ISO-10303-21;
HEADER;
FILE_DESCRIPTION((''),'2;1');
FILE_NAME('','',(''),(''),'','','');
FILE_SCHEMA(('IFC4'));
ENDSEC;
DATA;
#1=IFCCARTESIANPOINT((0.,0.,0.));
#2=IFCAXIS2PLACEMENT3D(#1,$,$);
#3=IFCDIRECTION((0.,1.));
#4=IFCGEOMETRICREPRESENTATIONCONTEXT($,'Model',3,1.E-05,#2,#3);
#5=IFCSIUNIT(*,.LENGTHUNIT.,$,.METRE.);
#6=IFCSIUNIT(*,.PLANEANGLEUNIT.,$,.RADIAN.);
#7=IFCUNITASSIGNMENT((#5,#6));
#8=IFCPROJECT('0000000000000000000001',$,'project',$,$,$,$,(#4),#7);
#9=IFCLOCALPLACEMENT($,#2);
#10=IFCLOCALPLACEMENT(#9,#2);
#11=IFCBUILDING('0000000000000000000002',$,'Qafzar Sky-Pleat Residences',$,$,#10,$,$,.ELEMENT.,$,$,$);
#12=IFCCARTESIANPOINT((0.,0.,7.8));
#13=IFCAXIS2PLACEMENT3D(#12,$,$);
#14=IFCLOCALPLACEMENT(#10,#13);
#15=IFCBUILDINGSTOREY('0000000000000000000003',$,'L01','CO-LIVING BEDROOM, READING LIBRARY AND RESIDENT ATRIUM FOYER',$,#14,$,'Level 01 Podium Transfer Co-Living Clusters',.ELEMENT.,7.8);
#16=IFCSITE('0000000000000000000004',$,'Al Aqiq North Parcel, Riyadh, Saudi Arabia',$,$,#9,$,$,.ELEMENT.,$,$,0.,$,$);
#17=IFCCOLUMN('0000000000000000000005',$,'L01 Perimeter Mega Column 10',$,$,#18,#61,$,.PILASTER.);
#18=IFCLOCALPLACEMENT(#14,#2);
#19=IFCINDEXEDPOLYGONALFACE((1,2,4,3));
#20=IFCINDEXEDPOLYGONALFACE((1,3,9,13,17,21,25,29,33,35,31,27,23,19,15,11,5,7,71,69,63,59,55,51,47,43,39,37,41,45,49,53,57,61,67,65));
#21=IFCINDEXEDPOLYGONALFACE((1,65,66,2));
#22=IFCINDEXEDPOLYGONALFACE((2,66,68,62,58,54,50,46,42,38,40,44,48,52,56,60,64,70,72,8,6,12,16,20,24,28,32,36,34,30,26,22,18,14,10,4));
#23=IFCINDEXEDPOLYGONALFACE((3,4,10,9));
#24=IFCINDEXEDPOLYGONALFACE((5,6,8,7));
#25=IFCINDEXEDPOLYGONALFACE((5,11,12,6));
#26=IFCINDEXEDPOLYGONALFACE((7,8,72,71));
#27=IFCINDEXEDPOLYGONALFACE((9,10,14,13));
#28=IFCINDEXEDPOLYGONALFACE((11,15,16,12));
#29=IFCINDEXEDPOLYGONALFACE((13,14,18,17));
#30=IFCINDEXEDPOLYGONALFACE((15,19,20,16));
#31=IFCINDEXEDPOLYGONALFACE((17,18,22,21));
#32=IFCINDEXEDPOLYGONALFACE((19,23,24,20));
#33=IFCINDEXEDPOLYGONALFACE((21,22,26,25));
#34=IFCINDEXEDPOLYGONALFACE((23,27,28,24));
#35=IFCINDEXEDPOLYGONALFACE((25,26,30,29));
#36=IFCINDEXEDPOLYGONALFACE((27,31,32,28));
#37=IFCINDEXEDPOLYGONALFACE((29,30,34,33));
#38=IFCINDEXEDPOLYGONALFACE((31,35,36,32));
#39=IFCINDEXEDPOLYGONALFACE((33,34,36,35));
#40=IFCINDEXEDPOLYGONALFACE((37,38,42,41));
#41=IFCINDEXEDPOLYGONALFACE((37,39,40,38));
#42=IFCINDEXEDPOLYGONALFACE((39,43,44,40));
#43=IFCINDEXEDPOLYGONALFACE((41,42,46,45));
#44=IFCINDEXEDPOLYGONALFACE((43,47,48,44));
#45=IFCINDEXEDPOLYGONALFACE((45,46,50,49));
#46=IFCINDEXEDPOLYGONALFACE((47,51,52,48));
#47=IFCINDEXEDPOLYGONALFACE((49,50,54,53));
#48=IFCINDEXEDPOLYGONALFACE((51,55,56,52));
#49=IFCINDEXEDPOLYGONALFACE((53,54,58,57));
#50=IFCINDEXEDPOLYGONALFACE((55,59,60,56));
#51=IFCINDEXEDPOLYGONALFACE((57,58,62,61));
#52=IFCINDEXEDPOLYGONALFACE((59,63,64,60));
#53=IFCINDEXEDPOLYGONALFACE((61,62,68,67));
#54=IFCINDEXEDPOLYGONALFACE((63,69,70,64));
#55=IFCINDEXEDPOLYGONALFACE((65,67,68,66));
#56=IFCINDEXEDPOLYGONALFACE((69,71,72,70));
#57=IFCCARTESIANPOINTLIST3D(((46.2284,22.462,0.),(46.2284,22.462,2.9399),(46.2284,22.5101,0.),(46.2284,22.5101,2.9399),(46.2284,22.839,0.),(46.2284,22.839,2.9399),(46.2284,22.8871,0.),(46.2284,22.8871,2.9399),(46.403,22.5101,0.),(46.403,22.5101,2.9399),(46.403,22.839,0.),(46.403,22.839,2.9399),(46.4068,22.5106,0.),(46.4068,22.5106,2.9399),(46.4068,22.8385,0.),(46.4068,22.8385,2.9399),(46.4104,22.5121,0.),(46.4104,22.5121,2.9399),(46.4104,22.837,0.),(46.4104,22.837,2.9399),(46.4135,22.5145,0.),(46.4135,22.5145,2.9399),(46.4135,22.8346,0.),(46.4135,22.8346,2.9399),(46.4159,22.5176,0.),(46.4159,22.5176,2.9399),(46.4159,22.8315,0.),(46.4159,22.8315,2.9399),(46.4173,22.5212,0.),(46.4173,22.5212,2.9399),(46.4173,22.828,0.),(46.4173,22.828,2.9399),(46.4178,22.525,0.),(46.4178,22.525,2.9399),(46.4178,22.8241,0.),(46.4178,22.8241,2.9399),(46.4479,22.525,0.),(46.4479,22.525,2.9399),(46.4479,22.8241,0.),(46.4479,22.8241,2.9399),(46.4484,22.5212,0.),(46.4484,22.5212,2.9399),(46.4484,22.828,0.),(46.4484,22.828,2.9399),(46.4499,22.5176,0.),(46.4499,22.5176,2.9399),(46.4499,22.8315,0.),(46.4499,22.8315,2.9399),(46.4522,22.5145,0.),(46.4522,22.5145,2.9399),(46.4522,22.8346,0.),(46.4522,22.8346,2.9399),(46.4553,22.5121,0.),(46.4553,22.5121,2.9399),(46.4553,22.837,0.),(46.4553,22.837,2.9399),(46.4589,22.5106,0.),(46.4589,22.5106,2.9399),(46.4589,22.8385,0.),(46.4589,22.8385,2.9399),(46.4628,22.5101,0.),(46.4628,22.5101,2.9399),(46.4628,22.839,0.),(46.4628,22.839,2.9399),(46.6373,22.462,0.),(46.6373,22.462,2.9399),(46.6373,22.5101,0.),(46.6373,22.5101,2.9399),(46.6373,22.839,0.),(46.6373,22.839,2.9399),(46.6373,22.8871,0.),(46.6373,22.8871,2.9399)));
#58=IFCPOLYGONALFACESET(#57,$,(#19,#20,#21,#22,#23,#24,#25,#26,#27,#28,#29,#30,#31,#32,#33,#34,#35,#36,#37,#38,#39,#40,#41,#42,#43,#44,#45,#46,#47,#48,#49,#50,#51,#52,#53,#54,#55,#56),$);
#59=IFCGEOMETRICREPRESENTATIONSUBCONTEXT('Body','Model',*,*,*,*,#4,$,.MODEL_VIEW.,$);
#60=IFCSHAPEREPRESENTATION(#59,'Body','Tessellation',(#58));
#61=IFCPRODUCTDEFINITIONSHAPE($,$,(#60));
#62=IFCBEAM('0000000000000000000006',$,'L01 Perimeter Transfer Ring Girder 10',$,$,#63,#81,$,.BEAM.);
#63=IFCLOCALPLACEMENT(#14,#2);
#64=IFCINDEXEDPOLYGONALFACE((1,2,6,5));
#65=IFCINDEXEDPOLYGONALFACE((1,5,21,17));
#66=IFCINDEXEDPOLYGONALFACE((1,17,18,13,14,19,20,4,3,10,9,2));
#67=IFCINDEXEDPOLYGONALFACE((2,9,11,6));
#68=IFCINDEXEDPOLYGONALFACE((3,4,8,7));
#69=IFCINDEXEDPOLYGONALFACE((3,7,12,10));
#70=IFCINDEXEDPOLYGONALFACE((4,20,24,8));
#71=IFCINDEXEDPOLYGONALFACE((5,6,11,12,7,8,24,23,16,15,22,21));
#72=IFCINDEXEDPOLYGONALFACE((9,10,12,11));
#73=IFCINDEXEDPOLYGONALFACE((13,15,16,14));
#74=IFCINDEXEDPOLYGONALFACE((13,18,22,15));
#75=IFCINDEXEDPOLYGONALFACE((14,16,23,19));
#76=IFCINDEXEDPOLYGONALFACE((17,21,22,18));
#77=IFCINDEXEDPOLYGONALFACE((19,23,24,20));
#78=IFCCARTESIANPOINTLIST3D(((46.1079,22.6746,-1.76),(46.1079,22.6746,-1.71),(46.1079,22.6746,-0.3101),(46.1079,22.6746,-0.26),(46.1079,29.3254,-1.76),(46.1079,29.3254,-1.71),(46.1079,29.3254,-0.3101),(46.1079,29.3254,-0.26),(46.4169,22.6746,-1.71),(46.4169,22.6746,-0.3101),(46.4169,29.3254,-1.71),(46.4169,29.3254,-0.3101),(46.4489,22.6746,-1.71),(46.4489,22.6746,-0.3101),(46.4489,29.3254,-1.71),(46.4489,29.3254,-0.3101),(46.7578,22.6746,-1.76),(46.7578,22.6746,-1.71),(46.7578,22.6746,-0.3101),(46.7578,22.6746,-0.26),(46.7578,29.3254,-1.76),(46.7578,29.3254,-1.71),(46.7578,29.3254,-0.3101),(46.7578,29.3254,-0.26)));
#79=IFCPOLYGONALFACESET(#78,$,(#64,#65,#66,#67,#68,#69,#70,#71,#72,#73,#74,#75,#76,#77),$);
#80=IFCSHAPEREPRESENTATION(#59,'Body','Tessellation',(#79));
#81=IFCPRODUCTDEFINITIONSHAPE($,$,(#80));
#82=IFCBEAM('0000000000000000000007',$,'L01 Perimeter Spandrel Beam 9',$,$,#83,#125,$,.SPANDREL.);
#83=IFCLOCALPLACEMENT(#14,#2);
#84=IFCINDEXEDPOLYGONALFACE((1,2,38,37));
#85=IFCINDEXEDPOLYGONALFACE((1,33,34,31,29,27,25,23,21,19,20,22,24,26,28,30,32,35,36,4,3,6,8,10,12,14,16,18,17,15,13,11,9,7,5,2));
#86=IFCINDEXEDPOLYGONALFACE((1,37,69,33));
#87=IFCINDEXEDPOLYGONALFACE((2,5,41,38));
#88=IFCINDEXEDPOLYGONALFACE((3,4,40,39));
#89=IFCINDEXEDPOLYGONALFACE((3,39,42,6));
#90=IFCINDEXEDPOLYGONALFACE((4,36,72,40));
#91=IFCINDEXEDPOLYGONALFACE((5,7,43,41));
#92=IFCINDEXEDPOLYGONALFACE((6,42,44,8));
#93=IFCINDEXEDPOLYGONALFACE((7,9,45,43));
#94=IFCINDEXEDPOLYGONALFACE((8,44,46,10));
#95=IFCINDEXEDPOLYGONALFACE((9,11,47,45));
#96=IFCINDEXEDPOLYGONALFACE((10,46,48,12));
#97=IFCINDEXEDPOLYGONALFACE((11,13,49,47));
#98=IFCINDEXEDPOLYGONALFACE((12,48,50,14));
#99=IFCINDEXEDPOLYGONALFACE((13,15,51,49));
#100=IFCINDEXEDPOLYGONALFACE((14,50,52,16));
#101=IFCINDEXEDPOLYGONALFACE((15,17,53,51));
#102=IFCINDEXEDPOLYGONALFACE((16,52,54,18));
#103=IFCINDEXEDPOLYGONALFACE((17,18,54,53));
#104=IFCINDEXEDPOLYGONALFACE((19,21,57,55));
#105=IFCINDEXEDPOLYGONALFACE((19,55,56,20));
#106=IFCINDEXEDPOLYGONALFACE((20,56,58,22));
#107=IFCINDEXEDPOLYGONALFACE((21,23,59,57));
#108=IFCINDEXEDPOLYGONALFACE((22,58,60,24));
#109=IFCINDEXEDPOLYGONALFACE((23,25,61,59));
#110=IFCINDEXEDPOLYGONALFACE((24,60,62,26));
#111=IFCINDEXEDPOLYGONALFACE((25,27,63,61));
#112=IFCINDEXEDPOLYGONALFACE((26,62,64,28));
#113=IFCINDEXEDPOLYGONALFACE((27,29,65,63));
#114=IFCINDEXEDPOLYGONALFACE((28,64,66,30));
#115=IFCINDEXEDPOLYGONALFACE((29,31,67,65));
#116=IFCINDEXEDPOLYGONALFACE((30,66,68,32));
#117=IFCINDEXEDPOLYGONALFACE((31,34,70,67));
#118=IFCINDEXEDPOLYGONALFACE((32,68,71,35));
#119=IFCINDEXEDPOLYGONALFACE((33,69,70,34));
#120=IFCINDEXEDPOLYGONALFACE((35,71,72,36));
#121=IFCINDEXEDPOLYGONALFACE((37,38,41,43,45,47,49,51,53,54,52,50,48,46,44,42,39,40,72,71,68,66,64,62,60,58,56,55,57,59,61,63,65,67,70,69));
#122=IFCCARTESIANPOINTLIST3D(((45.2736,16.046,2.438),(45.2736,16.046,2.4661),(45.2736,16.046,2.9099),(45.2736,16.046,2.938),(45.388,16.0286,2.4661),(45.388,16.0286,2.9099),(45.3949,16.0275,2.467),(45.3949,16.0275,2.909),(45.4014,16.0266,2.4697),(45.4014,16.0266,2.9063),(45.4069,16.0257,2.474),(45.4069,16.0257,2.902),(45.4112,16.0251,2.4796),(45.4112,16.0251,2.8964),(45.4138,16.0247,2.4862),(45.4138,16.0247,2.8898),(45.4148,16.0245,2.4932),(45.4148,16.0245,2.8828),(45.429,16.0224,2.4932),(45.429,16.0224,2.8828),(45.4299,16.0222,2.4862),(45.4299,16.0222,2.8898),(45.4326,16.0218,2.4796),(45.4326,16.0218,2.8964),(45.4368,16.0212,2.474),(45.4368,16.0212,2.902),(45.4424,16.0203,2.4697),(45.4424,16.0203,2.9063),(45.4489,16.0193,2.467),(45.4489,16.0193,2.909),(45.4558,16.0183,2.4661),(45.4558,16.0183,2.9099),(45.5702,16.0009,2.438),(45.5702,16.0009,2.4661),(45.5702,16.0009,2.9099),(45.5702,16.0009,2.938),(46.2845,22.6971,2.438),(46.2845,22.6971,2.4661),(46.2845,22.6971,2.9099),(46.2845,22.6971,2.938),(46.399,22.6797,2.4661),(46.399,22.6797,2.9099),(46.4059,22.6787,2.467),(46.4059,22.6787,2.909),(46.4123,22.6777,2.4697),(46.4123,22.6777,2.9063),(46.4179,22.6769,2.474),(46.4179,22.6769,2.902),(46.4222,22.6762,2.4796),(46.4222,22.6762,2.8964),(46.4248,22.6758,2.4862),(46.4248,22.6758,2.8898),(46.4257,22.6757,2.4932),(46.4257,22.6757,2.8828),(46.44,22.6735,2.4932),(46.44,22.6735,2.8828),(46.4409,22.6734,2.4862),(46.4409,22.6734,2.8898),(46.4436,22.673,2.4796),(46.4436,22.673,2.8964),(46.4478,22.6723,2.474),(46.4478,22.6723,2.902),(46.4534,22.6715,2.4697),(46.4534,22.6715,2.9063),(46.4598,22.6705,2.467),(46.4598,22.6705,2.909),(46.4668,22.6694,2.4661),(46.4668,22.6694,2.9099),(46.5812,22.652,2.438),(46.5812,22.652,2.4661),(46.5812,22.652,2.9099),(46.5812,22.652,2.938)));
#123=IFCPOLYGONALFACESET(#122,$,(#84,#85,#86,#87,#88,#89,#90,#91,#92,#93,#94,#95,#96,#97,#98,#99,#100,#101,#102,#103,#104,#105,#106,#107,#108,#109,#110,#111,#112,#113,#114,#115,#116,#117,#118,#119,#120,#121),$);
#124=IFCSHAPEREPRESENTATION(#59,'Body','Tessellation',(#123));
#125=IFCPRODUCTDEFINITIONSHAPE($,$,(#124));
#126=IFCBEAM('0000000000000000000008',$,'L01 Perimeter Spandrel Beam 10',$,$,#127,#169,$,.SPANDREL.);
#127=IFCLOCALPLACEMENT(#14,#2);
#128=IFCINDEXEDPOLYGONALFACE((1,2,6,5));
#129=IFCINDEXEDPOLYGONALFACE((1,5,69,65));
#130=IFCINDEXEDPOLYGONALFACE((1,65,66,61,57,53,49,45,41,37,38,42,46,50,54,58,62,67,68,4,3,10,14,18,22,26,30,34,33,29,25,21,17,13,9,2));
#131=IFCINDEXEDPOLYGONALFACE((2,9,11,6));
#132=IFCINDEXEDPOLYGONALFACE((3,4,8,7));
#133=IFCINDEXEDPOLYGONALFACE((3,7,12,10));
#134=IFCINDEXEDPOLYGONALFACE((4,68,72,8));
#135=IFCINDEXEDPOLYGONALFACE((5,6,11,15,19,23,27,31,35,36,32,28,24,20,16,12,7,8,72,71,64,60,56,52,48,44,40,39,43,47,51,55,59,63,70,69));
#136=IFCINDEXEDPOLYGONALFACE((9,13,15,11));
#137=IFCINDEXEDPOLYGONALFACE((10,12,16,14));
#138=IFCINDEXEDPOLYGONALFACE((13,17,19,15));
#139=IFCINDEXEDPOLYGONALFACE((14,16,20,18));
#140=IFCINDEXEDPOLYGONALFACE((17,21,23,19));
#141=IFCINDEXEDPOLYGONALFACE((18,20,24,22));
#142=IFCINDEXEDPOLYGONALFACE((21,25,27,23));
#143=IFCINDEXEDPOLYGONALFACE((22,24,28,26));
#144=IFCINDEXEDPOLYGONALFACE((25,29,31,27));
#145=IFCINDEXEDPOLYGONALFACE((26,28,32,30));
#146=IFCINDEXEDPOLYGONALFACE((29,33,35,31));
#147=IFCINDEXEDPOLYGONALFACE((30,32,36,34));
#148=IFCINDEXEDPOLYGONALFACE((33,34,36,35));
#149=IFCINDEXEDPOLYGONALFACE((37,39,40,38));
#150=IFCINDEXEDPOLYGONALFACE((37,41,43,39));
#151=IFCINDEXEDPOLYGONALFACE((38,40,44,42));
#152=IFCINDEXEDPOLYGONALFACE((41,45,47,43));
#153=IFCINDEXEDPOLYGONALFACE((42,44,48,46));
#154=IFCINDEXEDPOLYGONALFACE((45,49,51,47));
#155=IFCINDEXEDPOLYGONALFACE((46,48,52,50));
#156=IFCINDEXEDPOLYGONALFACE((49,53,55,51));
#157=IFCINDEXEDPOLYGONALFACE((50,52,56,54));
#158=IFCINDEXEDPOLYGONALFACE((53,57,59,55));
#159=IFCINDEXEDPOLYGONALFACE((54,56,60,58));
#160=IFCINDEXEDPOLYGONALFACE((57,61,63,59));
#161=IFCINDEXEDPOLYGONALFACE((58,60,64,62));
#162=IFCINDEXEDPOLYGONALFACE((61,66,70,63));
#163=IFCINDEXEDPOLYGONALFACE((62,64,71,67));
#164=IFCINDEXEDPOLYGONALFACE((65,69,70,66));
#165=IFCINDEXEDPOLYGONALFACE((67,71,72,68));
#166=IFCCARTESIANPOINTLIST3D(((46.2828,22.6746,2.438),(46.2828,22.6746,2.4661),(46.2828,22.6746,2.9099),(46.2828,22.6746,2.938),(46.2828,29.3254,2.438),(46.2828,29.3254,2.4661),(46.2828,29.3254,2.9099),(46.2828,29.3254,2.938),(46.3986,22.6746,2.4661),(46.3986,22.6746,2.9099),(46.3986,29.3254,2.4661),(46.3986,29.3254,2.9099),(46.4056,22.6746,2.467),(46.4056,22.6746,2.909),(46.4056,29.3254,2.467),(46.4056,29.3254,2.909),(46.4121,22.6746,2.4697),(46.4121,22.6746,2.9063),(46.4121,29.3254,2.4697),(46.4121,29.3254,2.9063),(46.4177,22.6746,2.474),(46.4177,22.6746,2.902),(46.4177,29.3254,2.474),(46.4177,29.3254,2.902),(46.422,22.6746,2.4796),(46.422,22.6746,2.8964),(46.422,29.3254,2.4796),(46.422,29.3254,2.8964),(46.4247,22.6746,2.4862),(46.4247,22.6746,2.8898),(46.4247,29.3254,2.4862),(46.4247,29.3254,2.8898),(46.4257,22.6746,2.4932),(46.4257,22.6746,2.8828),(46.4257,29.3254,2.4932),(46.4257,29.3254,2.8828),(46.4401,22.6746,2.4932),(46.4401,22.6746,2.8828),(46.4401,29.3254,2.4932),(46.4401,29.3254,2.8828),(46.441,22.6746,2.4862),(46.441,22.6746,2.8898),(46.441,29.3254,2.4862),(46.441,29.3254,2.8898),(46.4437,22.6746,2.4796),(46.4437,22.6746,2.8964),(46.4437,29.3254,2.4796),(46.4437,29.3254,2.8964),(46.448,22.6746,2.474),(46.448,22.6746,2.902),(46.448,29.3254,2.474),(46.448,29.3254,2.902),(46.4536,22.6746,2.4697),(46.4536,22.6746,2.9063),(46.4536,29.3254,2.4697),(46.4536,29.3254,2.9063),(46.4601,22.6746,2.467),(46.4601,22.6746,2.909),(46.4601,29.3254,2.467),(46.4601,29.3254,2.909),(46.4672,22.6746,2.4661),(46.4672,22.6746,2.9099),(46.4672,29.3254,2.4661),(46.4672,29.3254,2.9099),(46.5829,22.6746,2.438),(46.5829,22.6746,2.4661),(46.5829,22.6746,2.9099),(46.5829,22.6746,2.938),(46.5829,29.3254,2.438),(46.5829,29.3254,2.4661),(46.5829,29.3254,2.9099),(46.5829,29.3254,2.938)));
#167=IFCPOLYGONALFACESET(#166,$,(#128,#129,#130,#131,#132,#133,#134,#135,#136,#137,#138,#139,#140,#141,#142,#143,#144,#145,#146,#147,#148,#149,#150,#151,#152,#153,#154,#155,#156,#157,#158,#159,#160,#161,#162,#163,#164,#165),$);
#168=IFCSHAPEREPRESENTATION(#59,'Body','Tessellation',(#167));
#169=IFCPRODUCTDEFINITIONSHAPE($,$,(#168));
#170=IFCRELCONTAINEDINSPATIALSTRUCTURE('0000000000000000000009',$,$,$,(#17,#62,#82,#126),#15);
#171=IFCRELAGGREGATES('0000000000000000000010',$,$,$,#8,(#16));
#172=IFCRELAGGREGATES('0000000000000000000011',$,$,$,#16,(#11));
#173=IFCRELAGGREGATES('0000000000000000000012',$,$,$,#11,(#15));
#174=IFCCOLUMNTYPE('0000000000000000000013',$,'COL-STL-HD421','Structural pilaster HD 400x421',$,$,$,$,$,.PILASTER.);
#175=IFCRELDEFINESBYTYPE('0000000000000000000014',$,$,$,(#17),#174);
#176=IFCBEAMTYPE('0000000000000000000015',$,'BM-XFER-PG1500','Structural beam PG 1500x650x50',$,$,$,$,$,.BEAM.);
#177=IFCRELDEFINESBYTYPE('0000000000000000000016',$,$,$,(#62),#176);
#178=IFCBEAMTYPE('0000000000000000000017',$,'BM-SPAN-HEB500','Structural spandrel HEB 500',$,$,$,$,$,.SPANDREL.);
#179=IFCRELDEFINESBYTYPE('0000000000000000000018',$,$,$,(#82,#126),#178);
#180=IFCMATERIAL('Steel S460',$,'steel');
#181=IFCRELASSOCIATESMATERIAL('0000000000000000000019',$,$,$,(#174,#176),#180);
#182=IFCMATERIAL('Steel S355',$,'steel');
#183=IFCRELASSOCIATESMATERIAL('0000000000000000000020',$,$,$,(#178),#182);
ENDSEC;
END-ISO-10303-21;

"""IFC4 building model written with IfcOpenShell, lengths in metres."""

from ifc_helpers import new_model, si_unit, direction, frame, origin, origin_2d, place, context, subcontext, project, spatial, i_section, extrude, source, transform, mapped, material, material_profile, profile_set, type_object, element, save


model = new_model("IFC4")

# Units and contexts
model_context = context("Model", 3, precision=1e-05, world=origin(), true_north=direction((0.0, 1.0)))
body_context = subcontext(model_context, "Body", "Model", "MODEL_VIEW")
ifc_project = project(units=[si_unit("LENGTHUNIT", "METRE"), si_unit("PLANEANGLEUNIT", "RADIAN")], contexts=[model_context])

# Site, building, storey
site_placement = place(None, origin())
site = spatial("IfcSite", under=ifc_project, at=site_placement, Name="Al Aqiq North Parcel, Riyadh, Saudi Arabia", CompositionType="ELEMENT", RefElevation=0.0)
building_placement = place(site_placement, origin())
building = spatial("IfcBuilding", under=site, at=building_placement, Name="Qafzar Sky-Pleat Residences", CompositionType="ELEMENT")
storey_placement = place(building_placement, frame((0.0, 0.0, 7.8)))
storey = spatial("IfcBuildingStorey", under=building, at=storey_placement, Name="L01", Description="CO-LIVING BEDROOM, READING LIBRARY AND RESIDENT ATRIUM FOYER", LongName="Level 01 Podium Transfer Co-Living Clusters", CompositionType="ELEMENT", Elevation=7.8)

# Column
ifc_material_1 = material(Name="Steel S460", Category="steel")
ifc_material_profile_1 = material_profile(ifc_material_1, i_section(OverallWidth=0.4089, OverallDepth=0.425, WebThickness=0.03, FlangeThickness=0.0481, FilletRadius=0.0149, at=origin_2d()), Name="HD 400x421")
ifc_profile_set_1 = profile_set([ifc_material_profile_1], Name="Steel S460")
column_type = type_object("IfcColumnType", Name="COL-STL-HD421", Description="Structural pilaster HD 400x421", PredefinedType="PILASTER", material=ifc_profile_set_1)
shared_shape_1 = source(origin(), body_context, "Body", "SweptSolid", [
    extrude(i_section(OverallWidth=0.4089, OverallDepth=0.425, WebThickness=0.03, FlangeThickness=0.0481, FilletRadius=0.0149, at=origin_2d()), origin(), (0.0, 0.0, 1.0), 2.9399),
])
column_placement = place(storey_placement, frame((46.4329, 22.6746, 0.0), z_axis=(0.0, 0.0, 1.0), x_axis=(1.0, 0.0, 0.0)))
element("IfcColumn", 1, at=column_placement, inside=storey, type_object=column_type, Name="L01 Perimeter Mega Column 10", PredefinedType="PILASTER", context=body_context, shape_type="MappedRepresentation", body=[
    mapped(shared_shape_1, transform((0.0, 0.0, 0.0), x_axis=(1.0, 0.0, 0.0), y_axis=(0.0, 1.0, 0.0), z_axis=(0.0, 0.0, 1.0), scale=1.0)),
])

# Beams
ifc_material_profile_2 = material_profile(ifc_material_1, i_section(OverallWidth=0.6499, OverallDepth=1.5, WebThickness=0.032, FlangeThickness=0.05, at=origin_2d()), Name="PG 1500x650x50")
ifc_profile_set_2 = profile_set([ifc_material_profile_2], Name="Steel S460")
beam_type_1 = type_object("IfcBeamType", Name="BM-XFER-PG1500", Description="Structural beam PG 1500x650x50", PredefinedType="BEAM", material=ifc_profile_set_2)
shared_shape_2 = source(origin(), body_context, "Body", "SweptSolid", [
    extrude(i_section(OverallWidth=0.6499, OverallDepth=1.5, WebThickness=0.032, FlangeThickness=0.05, at=origin_2d()), origin(), (0.0, 0.0, 1.0), 6.6509),
])
beam_1_placement = place(storey_placement, frame((46.4329, 22.6746, -1.01), z_axis=(0.0, 1.0, 0.0), x_axis=(-1.0, 0.0, 0.0)))
element("IfcBeam", 2, at=beam_1_placement, inside=storey, type_object=beam_type_1, Name="L01 Perimeter Transfer Ring Girder 10", PredefinedType="BEAM", context=body_context, shape_type="MappedRepresentation", body=[
    mapped(shared_shape_2, transform((0.0, 0.0, 0.0), x_axis=(1.0, 0.0, 0.0), y_axis=(0.0, 1.0, 0.0), z_axis=(0.0, 0.0, 1.0), scale=1.0)),
])
ifc_material_2 = material(Name="Steel S355", Category="steel")
ifc_material_profile_3 = material_profile(ifc_material_2, i_section(OverallWidth=0.3, OverallDepth=0.5, WebThickness=0.0144, FlangeThickness=0.0281, FilletRadius=0.0271, at=origin_2d()), Name="HEB 500")
ifc_profile_set_3 = profile_set([ifc_material_profile_3], Name="Steel S355")
beam_type_2 = type_object("IfcBeamType", Name="BM-SPAN-HEB500", Description="Structural spandrel HEB 500", PredefinedType="SPANDREL", material=ifc_profile_set_3)
shared_shape_3 = source(origin(), body_context, "Body", "SweptSolid", [
    extrude(i_section(OverallWidth=0.3, OverallDepth=0.5, WebThickness=0.0144, FlangeThickness=0.0281, FilletRadius=0.0271, at=origin_2d()), origin(), (0.0, 0.0, 1.0), 6.7275),
])
beam_2_placement = place(storey_placement, frame((45.4219, 16.0234, 2.688), z_axis=(0.150276, 0.988644, 0.0), x_axis=(-0.988644, 0.150276, 0.0)))
element("IfcBeam", 3, at=beam_2_placement, inside=storey, type_object=beam_type_2, Name="L01 Perimeter Spandrel Beam 9", PredefinedType="SPANDREL", context=body_context, shape_type="MappedRepresentation", body=[
    mapped(shared_shape_3, transform((0.0, 0.0, 0.0), x_axis=(1.0, 0.0, 0.0), y_axis=(0.0, 1.0, 0.0), z_axis=(0.0, 0.0, 1.0), scale=1.0)),
])
shared_shape_4 = source(origin(), body_context, "Body", "SweptSolid", [
    extrude(i_section(OverallWidth=0.3, OverallDepth=0.5, WebThickness=0.0144, FlangeThickness=0.0281, FilletRadius=0.0271, at=origin_2d()), origin(), (0.0, 0.0, 1.0), 6.6509),
])
beam_3_placement = place(storey_placement, frame((46.4329, 22.6746, 2.688), z_axis=(0.0, 1.0, 0.0), x_axis=(-1.0, 0.0, 0.0)))
element("IfcBeam", 4, at=beam_3_placement, inside=storey, type_object=beam_type_2, Name="L01 Perimeter Spandrel Beam 10", PredefinedType="SPANDREL", context=body_context, shape_type="MappedRepresentation", body=[
    mapped(shared_shape_4, transform((0.0, 0.0, 0.0), x_axis=(1.0, 0.0, 0.0), y_axis=(0.0, 1.0, 0.0), z_axis=(0.0, 0.0, 1.0), scale=1.0)),
])

save(model, "model.ifc")
